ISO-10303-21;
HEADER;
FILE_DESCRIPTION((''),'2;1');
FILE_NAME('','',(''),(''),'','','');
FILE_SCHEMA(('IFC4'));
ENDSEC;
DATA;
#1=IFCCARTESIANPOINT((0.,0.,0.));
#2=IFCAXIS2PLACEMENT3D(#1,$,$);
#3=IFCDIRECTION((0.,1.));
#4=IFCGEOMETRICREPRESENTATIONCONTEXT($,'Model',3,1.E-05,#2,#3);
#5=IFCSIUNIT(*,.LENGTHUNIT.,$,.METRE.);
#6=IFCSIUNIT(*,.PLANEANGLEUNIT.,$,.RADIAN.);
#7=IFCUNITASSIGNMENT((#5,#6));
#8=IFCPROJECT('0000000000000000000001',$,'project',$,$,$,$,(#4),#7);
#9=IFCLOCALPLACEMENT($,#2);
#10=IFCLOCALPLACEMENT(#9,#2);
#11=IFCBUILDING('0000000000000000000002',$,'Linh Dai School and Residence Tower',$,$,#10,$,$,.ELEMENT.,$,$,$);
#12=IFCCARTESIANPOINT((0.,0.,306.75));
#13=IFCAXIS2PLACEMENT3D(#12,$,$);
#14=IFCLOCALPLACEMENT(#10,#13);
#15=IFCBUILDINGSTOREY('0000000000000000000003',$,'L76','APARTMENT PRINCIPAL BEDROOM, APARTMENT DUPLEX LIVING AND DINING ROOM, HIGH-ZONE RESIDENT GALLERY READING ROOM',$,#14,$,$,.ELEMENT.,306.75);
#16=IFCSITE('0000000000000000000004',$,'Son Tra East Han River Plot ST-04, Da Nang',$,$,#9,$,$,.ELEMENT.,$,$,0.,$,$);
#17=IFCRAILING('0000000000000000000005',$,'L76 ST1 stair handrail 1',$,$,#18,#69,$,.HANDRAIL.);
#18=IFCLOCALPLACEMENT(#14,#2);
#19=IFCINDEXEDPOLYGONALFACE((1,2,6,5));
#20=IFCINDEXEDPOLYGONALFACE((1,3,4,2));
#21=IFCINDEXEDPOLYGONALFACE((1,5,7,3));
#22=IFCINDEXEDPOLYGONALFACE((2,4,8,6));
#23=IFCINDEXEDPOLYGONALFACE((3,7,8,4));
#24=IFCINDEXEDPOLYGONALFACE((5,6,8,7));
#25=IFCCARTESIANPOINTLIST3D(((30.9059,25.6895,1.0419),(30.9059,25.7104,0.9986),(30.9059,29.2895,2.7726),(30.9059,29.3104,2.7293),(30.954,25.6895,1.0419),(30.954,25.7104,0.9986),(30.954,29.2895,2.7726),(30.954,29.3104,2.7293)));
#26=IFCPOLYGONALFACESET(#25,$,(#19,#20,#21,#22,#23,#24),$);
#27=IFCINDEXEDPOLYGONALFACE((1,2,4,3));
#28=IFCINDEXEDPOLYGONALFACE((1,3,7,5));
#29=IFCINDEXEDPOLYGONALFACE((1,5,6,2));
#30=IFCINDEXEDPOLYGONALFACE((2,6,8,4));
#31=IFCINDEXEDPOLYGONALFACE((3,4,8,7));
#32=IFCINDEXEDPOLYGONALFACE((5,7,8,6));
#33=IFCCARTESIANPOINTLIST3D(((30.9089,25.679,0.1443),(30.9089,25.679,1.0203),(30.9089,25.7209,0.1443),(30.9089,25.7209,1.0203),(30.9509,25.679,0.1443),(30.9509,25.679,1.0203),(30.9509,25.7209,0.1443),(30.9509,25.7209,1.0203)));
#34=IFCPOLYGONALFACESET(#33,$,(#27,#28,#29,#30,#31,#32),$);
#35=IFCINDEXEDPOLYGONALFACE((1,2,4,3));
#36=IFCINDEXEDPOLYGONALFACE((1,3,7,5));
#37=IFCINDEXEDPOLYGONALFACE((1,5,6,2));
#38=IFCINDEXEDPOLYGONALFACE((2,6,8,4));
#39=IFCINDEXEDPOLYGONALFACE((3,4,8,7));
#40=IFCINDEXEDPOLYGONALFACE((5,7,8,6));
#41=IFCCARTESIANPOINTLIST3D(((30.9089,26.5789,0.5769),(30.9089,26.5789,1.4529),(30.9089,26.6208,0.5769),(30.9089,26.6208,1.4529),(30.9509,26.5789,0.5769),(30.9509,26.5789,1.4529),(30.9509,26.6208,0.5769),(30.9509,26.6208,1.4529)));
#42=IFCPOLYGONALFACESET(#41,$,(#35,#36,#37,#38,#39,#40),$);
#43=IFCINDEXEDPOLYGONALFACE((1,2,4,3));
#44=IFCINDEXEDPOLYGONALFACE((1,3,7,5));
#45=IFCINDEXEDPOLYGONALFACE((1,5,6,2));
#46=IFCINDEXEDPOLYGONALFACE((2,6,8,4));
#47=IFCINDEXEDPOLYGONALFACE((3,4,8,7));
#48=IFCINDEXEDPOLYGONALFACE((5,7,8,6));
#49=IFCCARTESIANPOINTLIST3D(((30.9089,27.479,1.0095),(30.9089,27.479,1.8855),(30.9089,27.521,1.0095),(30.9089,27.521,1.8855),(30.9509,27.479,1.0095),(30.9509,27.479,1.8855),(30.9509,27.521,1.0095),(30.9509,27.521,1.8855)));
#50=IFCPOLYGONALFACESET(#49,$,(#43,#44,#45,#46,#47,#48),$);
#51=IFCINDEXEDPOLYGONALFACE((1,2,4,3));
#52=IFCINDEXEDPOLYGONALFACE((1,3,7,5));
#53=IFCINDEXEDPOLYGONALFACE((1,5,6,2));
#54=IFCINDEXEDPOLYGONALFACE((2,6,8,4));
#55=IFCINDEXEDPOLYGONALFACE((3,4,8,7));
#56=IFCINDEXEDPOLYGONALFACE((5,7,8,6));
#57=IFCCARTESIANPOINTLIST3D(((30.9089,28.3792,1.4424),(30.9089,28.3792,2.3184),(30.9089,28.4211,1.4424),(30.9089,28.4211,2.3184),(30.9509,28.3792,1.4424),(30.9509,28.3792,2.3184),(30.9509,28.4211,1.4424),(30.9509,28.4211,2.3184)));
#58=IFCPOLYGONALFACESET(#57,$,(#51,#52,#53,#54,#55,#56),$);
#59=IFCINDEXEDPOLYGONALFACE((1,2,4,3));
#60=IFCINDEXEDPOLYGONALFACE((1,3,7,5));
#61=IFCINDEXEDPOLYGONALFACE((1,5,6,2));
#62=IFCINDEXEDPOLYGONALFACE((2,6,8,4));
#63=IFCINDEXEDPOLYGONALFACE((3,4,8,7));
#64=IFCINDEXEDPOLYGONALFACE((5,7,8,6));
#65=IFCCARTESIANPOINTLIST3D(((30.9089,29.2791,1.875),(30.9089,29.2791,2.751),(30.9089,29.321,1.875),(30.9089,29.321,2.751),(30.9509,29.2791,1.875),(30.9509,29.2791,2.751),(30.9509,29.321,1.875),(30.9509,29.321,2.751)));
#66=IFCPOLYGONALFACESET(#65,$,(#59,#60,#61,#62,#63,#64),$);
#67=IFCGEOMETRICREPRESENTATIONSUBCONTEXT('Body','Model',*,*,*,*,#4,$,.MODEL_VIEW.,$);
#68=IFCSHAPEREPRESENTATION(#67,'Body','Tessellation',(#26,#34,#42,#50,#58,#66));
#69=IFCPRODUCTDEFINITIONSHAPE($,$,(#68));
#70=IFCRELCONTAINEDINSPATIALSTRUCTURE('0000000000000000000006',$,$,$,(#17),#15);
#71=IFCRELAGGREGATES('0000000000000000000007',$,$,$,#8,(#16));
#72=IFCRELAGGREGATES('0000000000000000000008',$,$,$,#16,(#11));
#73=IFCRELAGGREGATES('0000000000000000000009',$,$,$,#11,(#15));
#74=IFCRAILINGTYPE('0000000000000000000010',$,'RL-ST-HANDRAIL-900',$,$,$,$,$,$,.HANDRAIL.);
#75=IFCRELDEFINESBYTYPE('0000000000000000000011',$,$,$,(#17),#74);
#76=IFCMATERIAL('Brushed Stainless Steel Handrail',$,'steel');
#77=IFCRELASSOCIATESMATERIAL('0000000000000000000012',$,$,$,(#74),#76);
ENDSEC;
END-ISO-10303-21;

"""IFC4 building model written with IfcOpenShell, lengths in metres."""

from ifc_helpers import new_model, si_unit, direction, frame, origin, origin_2d, place, context, subcontext, project, spatial, rectangle, extrude, source, transform, mapped, material, type_object, element, save


model = new_model("IFC4")

# Units and contexts
model_context = context("Model", 3, precision=1e-05, world=origin(), true_north=direction((0.0, 1.0)))
body_context = subcontext(model_context, "Body", "Model", "MODEL_VIEW")
ifc_project = project(units=[si_unit("LENGTHUNIT", "METRE"), si_unit("PLANEANGLEUNIT", "RADIAN")], contexts=[model_context])

# Site, building, storey
site_placement = place(None, origin())
site = spatial("IfcSite", under=ifc_project, at=site_placement, Name="Son Tra East Han River Plot ST-04, Da Nang", CompositionType="ELEMENT", RefElevation=0.0)
building_placement = place(site_placement, origin())
building = spatial("IfcBuilding", under=site, at=building_placement, Name="Linh Dai School and Residence Tower", CompositionType="ELEMENT")
storey_placement = place(building_placement, frame((0.0, 0.0, 306.75)))
storey = spatial("IfcBuildingStorey", under=building, at=storey_placement, Name="L76", Description="APARTMENT PRINCIPAL BEDROOM, APARTMENT DUPLEX LIVING AND DINING ROOM, HIGH-ZONE RESIDENT GALLERY READING ROOM", CompositionType="ELEMENT", Elevation=306.75)

# Railing
ifc_material_1 = material(Name="Brushed Stainless Steel Handrail", Category="steel")
railing_type_1 = type_object("IfcRailingType", Name="RL-ST-HANDRAIL-900", PredefinedType="HANDRAIL", material=ifc_material_1)
shared_shape_1 = source(origin(), body_context, "Body", "SweptSolid", [
    extrude(rectangle(XDim=0.0481, YDim=0.0481, at=origin_2d()), frame((0.0, 0.0, 0.876), z_axis=(0.0, 0.901263, 0.433273), x_axis=(-1.0, 0.0, 0.0)), (0.0, 0.0, 1.0), 3.9944),
    extrude(rectangle(XDim=0.042, YDim=0.042, at=origin_2d()), origin(), (0.0, 0.0, 1.0), 0.876),
    extrude(rectangle(XDim=0.042, YDim=0.042, at=origin_2d()), frame((0.0, 0.8999, 0.4326)), (0.0, 0.0, 1.0), 0.876),
    extrude(rectangle(XDim=0.042, YDim=0.042, at=origin_2d()), frame((0.0, 1.8, 0.8652)), (0.0, 0.0, 1.0), 0.876),
    extrude(rectangle(XDim=0.042, YDim=0.042, at=origin_2d()), frame((0.0, 2.7002, 1.2981)), (0.0, 0.0, 1.0), 0.876),
    extrude(rectangle(XDim=0.042, YDim=0.042, at=origin_2d()), frame((0.0, 3.6001, 1.7307)), (0.0, 0.0, 1.0), 0.876),
])
railing_1_placement = place(storey_placement, frame((30.9299, 25.7, 0.1443)))
element("IfcRailing", 1, at=railing_1_placement, inside=storey, type_object=railing_type_1, Name="L76 ST1 stair handrail 1", PredefinedType="HANDRAIL", context=body_context, shape_type="MappedRepresentation", body=[
    mapped(shared_shape_1, transform((0.0, 0.0, 0.0), x_axis=(1.0, 0.0, 0.0), y_axis=(0.0, 1.0, 0.0), z_axis=(0.0, 0.0, 1.0), scale=1.0)),
])

save(model, "model.ifc")
